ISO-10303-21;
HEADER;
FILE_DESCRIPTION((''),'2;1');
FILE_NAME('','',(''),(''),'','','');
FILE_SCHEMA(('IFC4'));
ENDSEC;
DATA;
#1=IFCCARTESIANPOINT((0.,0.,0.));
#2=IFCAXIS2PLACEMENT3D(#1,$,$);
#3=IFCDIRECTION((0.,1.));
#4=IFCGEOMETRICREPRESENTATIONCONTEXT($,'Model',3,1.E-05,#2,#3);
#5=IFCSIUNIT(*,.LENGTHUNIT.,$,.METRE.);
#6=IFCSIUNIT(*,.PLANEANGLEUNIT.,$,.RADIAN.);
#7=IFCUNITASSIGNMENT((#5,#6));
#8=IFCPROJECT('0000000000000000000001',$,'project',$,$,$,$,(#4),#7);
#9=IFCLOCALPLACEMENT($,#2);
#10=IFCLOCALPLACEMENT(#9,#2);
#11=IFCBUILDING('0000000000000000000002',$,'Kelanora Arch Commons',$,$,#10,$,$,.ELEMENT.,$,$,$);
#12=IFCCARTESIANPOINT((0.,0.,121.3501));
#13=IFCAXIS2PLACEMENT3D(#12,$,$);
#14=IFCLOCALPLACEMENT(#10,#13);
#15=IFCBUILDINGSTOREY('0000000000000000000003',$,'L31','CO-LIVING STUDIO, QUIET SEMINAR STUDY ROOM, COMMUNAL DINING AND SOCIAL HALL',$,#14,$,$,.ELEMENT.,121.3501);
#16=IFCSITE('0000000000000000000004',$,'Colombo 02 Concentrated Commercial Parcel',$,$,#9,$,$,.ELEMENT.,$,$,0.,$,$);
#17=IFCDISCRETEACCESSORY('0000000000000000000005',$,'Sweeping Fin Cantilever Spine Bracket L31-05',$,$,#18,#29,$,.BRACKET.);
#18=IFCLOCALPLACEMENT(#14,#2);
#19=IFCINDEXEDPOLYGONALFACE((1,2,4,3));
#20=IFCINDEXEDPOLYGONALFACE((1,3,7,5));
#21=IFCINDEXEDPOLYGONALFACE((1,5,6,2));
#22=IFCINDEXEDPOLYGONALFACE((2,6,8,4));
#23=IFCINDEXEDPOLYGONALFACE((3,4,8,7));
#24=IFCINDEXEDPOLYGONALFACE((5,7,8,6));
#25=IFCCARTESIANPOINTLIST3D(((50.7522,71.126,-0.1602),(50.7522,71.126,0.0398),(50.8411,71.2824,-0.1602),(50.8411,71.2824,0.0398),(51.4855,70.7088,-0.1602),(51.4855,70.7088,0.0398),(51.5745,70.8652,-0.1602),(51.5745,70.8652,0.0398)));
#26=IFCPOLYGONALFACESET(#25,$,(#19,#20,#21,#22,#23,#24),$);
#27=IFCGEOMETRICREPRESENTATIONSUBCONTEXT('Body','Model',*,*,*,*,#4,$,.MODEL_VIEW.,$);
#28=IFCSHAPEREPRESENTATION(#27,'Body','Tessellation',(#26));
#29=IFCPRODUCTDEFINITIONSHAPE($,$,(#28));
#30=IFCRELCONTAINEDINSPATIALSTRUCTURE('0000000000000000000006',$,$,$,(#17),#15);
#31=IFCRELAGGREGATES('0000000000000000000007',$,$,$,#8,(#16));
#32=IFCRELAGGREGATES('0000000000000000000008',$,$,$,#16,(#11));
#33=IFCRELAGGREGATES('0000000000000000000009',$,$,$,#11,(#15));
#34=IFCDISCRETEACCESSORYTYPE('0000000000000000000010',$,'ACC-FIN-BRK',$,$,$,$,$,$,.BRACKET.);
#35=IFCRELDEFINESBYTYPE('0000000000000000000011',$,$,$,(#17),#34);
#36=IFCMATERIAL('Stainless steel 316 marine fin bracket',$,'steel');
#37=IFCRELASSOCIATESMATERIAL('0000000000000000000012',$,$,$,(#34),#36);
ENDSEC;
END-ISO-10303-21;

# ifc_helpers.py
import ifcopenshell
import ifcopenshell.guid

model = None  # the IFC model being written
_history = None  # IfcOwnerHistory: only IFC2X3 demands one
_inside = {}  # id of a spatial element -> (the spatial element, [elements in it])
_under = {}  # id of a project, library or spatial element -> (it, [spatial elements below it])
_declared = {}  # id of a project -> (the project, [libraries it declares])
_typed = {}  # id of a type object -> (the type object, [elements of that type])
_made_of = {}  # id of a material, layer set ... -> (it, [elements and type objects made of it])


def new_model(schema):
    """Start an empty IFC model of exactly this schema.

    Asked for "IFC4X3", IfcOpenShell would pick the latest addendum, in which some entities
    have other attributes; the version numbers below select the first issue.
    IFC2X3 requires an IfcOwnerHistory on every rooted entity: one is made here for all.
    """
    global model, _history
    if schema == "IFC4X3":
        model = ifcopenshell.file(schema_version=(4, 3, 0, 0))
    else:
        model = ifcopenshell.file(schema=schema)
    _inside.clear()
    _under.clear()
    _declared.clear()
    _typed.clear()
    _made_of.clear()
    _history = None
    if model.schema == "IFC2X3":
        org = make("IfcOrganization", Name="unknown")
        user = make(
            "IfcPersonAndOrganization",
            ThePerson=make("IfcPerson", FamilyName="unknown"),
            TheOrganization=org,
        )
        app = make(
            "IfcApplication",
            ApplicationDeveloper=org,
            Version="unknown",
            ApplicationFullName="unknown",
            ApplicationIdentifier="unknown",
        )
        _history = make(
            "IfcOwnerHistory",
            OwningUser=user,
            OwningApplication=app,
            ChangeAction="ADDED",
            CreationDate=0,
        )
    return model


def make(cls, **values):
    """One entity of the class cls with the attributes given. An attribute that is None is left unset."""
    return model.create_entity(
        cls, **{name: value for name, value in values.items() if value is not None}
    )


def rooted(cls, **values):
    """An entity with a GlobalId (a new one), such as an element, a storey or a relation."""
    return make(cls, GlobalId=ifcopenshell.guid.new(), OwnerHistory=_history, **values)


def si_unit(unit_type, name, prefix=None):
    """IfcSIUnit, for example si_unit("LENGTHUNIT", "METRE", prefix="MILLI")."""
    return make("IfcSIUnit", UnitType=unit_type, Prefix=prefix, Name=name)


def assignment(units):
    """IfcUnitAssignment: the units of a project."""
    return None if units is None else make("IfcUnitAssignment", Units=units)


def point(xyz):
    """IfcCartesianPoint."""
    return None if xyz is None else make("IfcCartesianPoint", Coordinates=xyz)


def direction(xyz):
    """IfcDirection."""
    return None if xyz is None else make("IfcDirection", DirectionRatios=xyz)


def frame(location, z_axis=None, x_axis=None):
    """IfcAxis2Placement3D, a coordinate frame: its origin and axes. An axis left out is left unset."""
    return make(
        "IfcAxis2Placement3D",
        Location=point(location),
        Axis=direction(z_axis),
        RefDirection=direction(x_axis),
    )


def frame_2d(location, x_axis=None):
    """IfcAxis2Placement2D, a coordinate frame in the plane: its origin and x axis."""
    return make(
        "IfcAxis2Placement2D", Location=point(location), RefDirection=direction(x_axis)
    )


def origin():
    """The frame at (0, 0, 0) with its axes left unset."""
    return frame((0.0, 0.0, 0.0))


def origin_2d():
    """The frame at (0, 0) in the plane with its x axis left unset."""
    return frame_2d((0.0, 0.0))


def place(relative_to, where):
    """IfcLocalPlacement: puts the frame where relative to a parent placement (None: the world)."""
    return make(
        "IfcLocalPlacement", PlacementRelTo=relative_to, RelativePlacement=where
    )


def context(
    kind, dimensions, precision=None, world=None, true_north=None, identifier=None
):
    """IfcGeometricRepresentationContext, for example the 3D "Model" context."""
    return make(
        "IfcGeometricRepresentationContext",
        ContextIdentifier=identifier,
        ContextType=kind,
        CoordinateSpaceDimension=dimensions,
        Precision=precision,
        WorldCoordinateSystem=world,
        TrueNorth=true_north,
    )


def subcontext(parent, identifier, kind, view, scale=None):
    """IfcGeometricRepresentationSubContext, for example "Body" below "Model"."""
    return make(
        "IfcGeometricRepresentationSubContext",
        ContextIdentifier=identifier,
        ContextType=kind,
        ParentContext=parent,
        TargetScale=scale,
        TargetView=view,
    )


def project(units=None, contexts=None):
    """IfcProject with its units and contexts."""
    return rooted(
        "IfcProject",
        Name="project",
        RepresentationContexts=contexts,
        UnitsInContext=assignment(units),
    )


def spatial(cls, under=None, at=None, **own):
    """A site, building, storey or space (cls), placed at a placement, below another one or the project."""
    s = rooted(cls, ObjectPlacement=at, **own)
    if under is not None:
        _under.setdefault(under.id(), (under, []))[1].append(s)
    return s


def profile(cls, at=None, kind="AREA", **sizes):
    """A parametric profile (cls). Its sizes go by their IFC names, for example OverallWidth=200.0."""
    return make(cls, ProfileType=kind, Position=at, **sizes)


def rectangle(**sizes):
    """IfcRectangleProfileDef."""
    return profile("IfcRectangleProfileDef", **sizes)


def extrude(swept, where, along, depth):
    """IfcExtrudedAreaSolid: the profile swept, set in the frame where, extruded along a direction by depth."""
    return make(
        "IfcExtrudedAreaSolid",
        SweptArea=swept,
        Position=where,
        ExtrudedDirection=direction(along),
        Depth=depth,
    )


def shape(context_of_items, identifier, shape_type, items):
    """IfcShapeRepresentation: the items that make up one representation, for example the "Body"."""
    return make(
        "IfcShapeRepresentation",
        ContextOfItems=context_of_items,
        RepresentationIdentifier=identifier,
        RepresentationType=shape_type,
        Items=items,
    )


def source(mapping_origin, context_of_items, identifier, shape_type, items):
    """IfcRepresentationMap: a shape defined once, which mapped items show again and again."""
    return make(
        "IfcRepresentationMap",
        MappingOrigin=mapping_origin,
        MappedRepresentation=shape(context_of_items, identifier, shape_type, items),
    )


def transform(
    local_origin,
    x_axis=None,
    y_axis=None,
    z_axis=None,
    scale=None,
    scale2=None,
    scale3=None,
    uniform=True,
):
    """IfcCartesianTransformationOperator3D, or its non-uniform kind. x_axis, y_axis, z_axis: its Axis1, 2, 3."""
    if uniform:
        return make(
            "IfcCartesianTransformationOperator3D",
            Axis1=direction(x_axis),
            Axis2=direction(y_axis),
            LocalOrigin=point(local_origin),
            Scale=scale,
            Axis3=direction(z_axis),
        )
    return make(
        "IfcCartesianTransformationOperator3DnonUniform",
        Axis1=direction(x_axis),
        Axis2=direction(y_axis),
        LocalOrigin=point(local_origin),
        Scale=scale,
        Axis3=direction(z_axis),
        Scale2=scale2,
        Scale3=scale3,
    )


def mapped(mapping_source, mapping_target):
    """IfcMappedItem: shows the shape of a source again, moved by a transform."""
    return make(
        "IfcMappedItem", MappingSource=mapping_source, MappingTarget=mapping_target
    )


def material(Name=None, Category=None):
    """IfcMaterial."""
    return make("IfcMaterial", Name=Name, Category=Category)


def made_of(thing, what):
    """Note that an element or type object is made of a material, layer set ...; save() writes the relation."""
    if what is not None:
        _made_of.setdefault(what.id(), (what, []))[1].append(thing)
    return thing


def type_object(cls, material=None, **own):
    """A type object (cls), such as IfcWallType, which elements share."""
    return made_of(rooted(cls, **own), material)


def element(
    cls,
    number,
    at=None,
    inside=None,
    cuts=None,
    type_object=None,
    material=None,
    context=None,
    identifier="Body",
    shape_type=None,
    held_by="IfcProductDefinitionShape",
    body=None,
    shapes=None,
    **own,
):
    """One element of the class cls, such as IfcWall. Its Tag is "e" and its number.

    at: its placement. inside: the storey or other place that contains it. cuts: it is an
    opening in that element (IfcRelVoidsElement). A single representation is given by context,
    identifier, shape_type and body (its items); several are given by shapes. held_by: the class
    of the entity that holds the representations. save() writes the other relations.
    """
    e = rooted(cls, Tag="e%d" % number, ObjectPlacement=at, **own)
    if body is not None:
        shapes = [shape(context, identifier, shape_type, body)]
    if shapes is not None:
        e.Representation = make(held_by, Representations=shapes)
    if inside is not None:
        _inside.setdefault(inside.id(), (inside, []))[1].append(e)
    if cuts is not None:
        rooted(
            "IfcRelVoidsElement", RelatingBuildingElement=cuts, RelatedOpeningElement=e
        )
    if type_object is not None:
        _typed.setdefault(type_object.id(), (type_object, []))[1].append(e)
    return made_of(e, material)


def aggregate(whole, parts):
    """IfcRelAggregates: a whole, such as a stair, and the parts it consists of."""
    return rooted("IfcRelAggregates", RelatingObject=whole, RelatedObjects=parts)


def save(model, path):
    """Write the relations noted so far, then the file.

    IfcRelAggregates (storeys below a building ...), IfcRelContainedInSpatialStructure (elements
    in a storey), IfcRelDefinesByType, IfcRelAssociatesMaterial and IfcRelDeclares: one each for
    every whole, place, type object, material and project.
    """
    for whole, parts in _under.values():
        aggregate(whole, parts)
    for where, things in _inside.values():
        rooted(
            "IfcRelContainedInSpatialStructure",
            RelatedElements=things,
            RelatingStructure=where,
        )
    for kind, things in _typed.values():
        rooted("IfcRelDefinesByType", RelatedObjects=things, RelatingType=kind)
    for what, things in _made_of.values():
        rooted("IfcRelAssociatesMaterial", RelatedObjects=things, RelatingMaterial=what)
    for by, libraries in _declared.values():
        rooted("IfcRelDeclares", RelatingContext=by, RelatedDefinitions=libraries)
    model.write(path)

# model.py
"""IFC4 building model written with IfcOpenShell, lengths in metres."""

from ifc_helpers import new_model, si_unit, direction, frame, origin, origin_2d, place, context, subcontext, project, spatial, rectangle, extrude, source, transform, mapped, material, type_object, element, save


model = new_model("IFC4")

# Units and contexts
model_context = context("Model", 3, precision=1e-05, world=origin(), true_north=direction((0.0, 1.0)))
body_context = subcontext(model_context, "Body", "Model", "MODEL_VIEW")
ifc_project = project(units=[si_unit("LENGTHUNIT", "METRE"), si_unit("PLANEANGLEUNIT", "RADIAN")], contexts=[model_context])

# Site, building, storey
site_placement = place(None, origin())
site = spatial("IfcSite", under=ifc_project, at=site_placement, Name="Colombo 02 Concentrated Commercial Parcel", CompositionType="ELEMENT", RefElevation=0.0)
building_placement = place(site_placement, origin())
building = spatial("IfcBuilding", under=site, at=building_placement, Name="Kelanora Arch Commons", CompositionType="ELEMENT")
storey_placement = place(building_placement, frame((0.0, 0.0, 121.3501)))
storey = spatial("IfcBuildingStorey", under=building, at=storey_placement, Name="L31", Description="CO-LIVING STUDIO, QUIET SEMINAR STUDY ROOM, COMMUNAL DINING AND SOCIAL HALL", CompositionType="ELEMENT", Elevation=121.3501)

# Discrete accessory
ifc_material_1 = material(Name="Stainless steel 316 marine fin bracket", Category="steel")
discrete_accessory_type = type_object("IfcDiscreteAccessoryType", Name="ACC-FIN-BRK", PredefinedType="BRACKET", material=ifc_material_1)
shared_shape_1 = source(origin(), body_context, "Body", "SweptSolid", [
    extrude(rectangle(XDim=0.8438, YDim=0.1799, at=origin_2d()), origin(), (0.0, 0.0, 1.0), 0.2),
])
for number, where, z_axis, x_axis, name in (
    (1, (51.1633, 70.9956, -0.1602), (0.0, 0.0, 1.0), (-0.86915, 0.494549, 0.0), "Sweeping Fin Cantilever Spine Bracket L31-05"),
):
    element("IfcDiscreteAccessory", number, at=place(storey_placement, frame(where, z_axis=z_axis, x_axis=x_axis)), inside=storey, type_object=discrete_accessory_type, Name=name, PredefinedType="BRACKET", context=body_context, shape_type="MappedRepresentation", body=[
        mapped(shared_shape_1, transform((0.0, 0.0, 0.0), scale=1.0)),
    ])

save(model, "model.ifc")
